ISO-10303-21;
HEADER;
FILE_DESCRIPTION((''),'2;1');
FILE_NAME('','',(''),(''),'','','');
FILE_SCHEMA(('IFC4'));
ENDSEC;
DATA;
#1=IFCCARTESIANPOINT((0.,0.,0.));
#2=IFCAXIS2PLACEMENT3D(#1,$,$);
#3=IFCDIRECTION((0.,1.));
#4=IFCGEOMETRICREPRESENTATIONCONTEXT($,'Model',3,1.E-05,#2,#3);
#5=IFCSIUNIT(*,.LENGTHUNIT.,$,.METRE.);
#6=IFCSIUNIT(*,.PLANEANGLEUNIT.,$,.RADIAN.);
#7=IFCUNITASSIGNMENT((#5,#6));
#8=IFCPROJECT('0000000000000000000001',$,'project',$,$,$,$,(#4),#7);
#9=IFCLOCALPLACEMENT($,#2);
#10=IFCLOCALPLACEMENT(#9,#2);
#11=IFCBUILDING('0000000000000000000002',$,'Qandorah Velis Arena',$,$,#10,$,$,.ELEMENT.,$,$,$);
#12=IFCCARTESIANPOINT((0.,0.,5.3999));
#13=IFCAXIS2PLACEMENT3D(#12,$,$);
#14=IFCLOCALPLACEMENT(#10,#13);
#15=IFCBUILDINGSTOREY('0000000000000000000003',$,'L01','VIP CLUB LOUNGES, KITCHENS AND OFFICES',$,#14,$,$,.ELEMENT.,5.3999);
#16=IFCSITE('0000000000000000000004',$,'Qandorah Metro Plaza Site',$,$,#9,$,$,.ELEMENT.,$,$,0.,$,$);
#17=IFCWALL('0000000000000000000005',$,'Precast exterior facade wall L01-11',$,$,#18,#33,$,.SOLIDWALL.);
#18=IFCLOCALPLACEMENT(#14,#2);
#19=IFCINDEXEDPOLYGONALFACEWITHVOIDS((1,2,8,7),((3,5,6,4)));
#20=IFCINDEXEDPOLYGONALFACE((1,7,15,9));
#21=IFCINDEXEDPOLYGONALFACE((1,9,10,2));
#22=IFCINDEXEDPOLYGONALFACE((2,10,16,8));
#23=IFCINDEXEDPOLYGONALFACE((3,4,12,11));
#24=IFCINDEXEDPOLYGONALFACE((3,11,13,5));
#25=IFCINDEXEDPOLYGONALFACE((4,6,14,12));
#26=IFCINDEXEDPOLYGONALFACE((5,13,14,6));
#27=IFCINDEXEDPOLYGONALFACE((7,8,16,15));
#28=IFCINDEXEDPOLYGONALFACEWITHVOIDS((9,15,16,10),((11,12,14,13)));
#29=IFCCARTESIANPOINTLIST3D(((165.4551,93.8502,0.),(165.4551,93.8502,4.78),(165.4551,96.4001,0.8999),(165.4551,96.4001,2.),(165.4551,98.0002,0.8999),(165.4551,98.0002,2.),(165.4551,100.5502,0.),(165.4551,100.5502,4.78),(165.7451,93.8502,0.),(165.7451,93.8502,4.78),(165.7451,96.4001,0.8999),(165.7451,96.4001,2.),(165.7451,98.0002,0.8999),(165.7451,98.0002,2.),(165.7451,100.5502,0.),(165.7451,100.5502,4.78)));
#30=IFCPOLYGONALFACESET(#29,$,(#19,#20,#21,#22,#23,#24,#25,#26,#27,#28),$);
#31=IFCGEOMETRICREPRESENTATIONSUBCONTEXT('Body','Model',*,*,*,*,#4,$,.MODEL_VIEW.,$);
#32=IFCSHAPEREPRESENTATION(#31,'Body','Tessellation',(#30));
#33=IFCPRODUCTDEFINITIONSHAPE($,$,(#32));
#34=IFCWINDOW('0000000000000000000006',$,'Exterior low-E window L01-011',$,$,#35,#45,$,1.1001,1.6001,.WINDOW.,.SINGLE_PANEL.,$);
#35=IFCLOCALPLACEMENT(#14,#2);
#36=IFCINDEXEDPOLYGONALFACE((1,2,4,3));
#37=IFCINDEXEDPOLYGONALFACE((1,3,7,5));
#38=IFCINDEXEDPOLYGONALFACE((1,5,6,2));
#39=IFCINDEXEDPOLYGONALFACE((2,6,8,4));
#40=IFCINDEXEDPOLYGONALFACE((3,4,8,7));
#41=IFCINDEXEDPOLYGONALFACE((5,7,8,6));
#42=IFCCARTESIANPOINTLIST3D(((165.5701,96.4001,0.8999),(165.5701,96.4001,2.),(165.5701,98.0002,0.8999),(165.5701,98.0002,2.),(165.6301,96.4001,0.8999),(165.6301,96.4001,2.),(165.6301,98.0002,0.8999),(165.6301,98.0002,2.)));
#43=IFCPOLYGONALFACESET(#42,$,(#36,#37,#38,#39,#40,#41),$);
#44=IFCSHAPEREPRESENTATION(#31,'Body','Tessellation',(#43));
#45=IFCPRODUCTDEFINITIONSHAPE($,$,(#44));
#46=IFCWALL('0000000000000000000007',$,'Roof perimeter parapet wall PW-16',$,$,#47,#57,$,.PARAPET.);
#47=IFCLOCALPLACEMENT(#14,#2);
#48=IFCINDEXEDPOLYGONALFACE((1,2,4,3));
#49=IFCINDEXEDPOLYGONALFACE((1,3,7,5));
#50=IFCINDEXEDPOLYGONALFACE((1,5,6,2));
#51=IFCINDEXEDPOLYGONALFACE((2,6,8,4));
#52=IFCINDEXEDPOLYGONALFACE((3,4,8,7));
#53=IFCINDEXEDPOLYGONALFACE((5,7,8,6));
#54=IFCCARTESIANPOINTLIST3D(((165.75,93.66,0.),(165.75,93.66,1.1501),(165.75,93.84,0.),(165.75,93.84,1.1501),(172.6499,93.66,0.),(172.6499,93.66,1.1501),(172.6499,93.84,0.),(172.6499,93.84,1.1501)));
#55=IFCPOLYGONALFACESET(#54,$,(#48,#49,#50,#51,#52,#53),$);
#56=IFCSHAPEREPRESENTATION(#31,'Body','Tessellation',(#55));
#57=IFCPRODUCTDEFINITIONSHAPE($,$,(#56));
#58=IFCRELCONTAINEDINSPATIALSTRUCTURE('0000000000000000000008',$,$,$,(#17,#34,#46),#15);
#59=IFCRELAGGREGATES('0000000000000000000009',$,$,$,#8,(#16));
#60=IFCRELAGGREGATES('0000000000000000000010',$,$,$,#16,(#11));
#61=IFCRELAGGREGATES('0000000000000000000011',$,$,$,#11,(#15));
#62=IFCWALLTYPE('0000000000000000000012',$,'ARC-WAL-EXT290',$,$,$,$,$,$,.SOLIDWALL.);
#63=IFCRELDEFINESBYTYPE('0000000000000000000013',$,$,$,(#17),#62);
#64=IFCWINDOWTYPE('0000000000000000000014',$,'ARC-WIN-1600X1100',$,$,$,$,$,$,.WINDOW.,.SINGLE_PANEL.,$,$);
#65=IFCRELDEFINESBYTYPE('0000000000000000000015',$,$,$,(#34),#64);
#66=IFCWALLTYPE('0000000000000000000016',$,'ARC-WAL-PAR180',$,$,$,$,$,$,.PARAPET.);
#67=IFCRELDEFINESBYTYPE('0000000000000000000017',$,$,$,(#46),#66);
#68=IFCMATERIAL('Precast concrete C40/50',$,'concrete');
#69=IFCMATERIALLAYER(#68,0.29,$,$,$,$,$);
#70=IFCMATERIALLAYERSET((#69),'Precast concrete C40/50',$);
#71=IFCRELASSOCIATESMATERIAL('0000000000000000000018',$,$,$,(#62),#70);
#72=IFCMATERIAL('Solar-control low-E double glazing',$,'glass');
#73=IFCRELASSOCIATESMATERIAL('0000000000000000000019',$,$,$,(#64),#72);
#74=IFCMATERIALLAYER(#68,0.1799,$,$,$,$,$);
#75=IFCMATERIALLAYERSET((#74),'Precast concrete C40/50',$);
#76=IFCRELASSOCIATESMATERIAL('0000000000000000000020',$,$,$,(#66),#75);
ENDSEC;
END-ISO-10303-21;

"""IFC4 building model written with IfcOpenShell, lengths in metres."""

from ifc_helpers import new_model, si_unit, direction, frame, frame_2d, origin, place, context, subcontext, project, spatial, rectangle, extrude, material, layer, layer_set, type_object, element, fill, save


model = new_model("IFC4")

# Units and contexts
model_context = context("Model", 3, precision=1e-05, world=origin(), true_north=direction((0.0, 1.0)))
body_context = subcontext(model_context, "Body", "Model", "MODEL_VIEW")
ifc_project = project(units=[si_unit("LENGTHUNIT", "METRE"), si_unit("PLANEANGLEUNIT", "RADIAN")], contexts=[model_context])

# Site, building, storey
site_placement = place(None, origin())
site = spatial("IfcSite", under=ifc_project, at=site_placement, Name="Qandorah Metro Plaza Site", CompositionType="ELEMENT", RefElevation=0.0)
building_placement = place(site_placement, origin())
building = spatial("IfcBuilding", under=site, at=building_placement, Name="Qandorah Velis Arena", CompositionType="ELEMENT")
storey_placement = place(building_placement, frame((0.0, 0.0, 5.3999)))
storey = spatial("IfcBuildingStorey", under=building, at=storey_placement, Name="L01", Description="VIP CLUB LOUNGES, KITCHENS AND OFFICES", CompositionType="ELEMENT", Elevation=5.3999)

# Wall, opening, window
ifc_material_1 = material(Name="Precast concrete C40/50", Category="concrete")
ifc_layer_1 = layer(ifc_material_1, 0.29)
ifc_layer_set_1 = layer_set([ifc_layer_1], Name="Precast concrete C40/50")
wall_type_1 = type_object("IfcWallType", Name="ARC-WAL-EXT290", PredefinedType="SOLIDWALL", material=ifc_layer_set_1)
wall_1_placement = place(storey_placement, frame((165.6001, 93.8501, 0.0), z_axis=(0.0, 0.0, 1.0), x_axis=(0.0, 1.0, 0.0)))
wall_1 = element("IfcWall", 1, at=wall_1_placement, inside=storey, type_object=wall_type_1, Name="Precast exterior facade wall L01-11", PredefinedType="SOLIDWALL", context=body_context, shape_type="SweptSolid", body=[
    extrude(rectangle(XDim=6.7, YDim=0.29, at=frame_2d((3.3501, 0.0))), origin(), (0.0, 0.0, 1.0), 4.78),
])
opening_placement = place(wall_1_placement, frame((2.55, 0.0, 0.8999)))
opening = element("IfcOpeningElement", 2, at=opening_placement, cuts=wall_1, PredefinedType="OPENING", context=body_context, shape_type="SweptSolid", body=[
    extrude(rectangle(XDim=1.6001, YDim=1.1001, at=frame_2d((0.8, 0.55))), frame((0.0, 0.155, 0.0), z_axis=(0.0, -1.0, 0.0), x_axis=(1.0, 0.0, 0.0)), (0.0, 0.0, 1.0), 0.3101),
])
ifc_material_2 = material(Name="Solar-control low-E double glazing", Category="glass")
window_type = type_object("IfcWindowType", Name="ARC-WIN-1600X1100", PartitioningType="SINGLE_PANEL", PredefinedType="WINDOW", material=ifc_material_2)
window_placement = place(opening_placement, origin())
window = element("IfcWindow", 3, at=window_placement, inside=storey, type_object=window_type, Name="Exterior low-E window L01-011", OverallHeight=1.1001, OverallWidth=1.6001, PartitioningType="SINGLE_PANEL", PredefinedType="WINDOW", context=body_context, shape_type="SweptSolid", body=[
    extrude(rectangle(XDim=1.6001, YDim=1.1001, at=frame_2d((0.8, 0.55))), frame((0.0, 0.03, 0.0), z_axis=(0.0, -1.0, 0.0), x_axis=(1.0, 0.0, 0.0)), (0.0, 0.0, 1.0), 0.0601),
])
fill(opening, window)

# Wall
ifc_layer_2 = layer(ifc_material_1, 0.1799)
ifc_layer_set_2 = layer_set([ifc_layer_2], Name="Precast concrete C40/50")
wall_type_2 = type_object("IfcWallType", Name="ARC-WAL-PAR180", PredefinedType="PARAPET", material=ifc_layer_set_2)
wall_2_placement = place(storey_placement, frame((165.75, 93.75, 0.0), z_axis=(0.0, 0.0, 1.0), x_axis=(1.0, 0.0, 0.0)))
element("IfcWall", 4, at=wall_2_placement, inside=storey, type_object=wall_type_2, Name="Roof perimeter parapet wall PW-16", PredefinedType="PARAPET", context=body_context, shape_type="SweptSolid", body=[
    extrude(rectangle(XDim=6.8999, YDim=0.1799, at=frame_2d((3.45, 0.0))), origin(), (0.0, 0.0, 1.0), 1.1501),
])

save(model, "model.ifc")
